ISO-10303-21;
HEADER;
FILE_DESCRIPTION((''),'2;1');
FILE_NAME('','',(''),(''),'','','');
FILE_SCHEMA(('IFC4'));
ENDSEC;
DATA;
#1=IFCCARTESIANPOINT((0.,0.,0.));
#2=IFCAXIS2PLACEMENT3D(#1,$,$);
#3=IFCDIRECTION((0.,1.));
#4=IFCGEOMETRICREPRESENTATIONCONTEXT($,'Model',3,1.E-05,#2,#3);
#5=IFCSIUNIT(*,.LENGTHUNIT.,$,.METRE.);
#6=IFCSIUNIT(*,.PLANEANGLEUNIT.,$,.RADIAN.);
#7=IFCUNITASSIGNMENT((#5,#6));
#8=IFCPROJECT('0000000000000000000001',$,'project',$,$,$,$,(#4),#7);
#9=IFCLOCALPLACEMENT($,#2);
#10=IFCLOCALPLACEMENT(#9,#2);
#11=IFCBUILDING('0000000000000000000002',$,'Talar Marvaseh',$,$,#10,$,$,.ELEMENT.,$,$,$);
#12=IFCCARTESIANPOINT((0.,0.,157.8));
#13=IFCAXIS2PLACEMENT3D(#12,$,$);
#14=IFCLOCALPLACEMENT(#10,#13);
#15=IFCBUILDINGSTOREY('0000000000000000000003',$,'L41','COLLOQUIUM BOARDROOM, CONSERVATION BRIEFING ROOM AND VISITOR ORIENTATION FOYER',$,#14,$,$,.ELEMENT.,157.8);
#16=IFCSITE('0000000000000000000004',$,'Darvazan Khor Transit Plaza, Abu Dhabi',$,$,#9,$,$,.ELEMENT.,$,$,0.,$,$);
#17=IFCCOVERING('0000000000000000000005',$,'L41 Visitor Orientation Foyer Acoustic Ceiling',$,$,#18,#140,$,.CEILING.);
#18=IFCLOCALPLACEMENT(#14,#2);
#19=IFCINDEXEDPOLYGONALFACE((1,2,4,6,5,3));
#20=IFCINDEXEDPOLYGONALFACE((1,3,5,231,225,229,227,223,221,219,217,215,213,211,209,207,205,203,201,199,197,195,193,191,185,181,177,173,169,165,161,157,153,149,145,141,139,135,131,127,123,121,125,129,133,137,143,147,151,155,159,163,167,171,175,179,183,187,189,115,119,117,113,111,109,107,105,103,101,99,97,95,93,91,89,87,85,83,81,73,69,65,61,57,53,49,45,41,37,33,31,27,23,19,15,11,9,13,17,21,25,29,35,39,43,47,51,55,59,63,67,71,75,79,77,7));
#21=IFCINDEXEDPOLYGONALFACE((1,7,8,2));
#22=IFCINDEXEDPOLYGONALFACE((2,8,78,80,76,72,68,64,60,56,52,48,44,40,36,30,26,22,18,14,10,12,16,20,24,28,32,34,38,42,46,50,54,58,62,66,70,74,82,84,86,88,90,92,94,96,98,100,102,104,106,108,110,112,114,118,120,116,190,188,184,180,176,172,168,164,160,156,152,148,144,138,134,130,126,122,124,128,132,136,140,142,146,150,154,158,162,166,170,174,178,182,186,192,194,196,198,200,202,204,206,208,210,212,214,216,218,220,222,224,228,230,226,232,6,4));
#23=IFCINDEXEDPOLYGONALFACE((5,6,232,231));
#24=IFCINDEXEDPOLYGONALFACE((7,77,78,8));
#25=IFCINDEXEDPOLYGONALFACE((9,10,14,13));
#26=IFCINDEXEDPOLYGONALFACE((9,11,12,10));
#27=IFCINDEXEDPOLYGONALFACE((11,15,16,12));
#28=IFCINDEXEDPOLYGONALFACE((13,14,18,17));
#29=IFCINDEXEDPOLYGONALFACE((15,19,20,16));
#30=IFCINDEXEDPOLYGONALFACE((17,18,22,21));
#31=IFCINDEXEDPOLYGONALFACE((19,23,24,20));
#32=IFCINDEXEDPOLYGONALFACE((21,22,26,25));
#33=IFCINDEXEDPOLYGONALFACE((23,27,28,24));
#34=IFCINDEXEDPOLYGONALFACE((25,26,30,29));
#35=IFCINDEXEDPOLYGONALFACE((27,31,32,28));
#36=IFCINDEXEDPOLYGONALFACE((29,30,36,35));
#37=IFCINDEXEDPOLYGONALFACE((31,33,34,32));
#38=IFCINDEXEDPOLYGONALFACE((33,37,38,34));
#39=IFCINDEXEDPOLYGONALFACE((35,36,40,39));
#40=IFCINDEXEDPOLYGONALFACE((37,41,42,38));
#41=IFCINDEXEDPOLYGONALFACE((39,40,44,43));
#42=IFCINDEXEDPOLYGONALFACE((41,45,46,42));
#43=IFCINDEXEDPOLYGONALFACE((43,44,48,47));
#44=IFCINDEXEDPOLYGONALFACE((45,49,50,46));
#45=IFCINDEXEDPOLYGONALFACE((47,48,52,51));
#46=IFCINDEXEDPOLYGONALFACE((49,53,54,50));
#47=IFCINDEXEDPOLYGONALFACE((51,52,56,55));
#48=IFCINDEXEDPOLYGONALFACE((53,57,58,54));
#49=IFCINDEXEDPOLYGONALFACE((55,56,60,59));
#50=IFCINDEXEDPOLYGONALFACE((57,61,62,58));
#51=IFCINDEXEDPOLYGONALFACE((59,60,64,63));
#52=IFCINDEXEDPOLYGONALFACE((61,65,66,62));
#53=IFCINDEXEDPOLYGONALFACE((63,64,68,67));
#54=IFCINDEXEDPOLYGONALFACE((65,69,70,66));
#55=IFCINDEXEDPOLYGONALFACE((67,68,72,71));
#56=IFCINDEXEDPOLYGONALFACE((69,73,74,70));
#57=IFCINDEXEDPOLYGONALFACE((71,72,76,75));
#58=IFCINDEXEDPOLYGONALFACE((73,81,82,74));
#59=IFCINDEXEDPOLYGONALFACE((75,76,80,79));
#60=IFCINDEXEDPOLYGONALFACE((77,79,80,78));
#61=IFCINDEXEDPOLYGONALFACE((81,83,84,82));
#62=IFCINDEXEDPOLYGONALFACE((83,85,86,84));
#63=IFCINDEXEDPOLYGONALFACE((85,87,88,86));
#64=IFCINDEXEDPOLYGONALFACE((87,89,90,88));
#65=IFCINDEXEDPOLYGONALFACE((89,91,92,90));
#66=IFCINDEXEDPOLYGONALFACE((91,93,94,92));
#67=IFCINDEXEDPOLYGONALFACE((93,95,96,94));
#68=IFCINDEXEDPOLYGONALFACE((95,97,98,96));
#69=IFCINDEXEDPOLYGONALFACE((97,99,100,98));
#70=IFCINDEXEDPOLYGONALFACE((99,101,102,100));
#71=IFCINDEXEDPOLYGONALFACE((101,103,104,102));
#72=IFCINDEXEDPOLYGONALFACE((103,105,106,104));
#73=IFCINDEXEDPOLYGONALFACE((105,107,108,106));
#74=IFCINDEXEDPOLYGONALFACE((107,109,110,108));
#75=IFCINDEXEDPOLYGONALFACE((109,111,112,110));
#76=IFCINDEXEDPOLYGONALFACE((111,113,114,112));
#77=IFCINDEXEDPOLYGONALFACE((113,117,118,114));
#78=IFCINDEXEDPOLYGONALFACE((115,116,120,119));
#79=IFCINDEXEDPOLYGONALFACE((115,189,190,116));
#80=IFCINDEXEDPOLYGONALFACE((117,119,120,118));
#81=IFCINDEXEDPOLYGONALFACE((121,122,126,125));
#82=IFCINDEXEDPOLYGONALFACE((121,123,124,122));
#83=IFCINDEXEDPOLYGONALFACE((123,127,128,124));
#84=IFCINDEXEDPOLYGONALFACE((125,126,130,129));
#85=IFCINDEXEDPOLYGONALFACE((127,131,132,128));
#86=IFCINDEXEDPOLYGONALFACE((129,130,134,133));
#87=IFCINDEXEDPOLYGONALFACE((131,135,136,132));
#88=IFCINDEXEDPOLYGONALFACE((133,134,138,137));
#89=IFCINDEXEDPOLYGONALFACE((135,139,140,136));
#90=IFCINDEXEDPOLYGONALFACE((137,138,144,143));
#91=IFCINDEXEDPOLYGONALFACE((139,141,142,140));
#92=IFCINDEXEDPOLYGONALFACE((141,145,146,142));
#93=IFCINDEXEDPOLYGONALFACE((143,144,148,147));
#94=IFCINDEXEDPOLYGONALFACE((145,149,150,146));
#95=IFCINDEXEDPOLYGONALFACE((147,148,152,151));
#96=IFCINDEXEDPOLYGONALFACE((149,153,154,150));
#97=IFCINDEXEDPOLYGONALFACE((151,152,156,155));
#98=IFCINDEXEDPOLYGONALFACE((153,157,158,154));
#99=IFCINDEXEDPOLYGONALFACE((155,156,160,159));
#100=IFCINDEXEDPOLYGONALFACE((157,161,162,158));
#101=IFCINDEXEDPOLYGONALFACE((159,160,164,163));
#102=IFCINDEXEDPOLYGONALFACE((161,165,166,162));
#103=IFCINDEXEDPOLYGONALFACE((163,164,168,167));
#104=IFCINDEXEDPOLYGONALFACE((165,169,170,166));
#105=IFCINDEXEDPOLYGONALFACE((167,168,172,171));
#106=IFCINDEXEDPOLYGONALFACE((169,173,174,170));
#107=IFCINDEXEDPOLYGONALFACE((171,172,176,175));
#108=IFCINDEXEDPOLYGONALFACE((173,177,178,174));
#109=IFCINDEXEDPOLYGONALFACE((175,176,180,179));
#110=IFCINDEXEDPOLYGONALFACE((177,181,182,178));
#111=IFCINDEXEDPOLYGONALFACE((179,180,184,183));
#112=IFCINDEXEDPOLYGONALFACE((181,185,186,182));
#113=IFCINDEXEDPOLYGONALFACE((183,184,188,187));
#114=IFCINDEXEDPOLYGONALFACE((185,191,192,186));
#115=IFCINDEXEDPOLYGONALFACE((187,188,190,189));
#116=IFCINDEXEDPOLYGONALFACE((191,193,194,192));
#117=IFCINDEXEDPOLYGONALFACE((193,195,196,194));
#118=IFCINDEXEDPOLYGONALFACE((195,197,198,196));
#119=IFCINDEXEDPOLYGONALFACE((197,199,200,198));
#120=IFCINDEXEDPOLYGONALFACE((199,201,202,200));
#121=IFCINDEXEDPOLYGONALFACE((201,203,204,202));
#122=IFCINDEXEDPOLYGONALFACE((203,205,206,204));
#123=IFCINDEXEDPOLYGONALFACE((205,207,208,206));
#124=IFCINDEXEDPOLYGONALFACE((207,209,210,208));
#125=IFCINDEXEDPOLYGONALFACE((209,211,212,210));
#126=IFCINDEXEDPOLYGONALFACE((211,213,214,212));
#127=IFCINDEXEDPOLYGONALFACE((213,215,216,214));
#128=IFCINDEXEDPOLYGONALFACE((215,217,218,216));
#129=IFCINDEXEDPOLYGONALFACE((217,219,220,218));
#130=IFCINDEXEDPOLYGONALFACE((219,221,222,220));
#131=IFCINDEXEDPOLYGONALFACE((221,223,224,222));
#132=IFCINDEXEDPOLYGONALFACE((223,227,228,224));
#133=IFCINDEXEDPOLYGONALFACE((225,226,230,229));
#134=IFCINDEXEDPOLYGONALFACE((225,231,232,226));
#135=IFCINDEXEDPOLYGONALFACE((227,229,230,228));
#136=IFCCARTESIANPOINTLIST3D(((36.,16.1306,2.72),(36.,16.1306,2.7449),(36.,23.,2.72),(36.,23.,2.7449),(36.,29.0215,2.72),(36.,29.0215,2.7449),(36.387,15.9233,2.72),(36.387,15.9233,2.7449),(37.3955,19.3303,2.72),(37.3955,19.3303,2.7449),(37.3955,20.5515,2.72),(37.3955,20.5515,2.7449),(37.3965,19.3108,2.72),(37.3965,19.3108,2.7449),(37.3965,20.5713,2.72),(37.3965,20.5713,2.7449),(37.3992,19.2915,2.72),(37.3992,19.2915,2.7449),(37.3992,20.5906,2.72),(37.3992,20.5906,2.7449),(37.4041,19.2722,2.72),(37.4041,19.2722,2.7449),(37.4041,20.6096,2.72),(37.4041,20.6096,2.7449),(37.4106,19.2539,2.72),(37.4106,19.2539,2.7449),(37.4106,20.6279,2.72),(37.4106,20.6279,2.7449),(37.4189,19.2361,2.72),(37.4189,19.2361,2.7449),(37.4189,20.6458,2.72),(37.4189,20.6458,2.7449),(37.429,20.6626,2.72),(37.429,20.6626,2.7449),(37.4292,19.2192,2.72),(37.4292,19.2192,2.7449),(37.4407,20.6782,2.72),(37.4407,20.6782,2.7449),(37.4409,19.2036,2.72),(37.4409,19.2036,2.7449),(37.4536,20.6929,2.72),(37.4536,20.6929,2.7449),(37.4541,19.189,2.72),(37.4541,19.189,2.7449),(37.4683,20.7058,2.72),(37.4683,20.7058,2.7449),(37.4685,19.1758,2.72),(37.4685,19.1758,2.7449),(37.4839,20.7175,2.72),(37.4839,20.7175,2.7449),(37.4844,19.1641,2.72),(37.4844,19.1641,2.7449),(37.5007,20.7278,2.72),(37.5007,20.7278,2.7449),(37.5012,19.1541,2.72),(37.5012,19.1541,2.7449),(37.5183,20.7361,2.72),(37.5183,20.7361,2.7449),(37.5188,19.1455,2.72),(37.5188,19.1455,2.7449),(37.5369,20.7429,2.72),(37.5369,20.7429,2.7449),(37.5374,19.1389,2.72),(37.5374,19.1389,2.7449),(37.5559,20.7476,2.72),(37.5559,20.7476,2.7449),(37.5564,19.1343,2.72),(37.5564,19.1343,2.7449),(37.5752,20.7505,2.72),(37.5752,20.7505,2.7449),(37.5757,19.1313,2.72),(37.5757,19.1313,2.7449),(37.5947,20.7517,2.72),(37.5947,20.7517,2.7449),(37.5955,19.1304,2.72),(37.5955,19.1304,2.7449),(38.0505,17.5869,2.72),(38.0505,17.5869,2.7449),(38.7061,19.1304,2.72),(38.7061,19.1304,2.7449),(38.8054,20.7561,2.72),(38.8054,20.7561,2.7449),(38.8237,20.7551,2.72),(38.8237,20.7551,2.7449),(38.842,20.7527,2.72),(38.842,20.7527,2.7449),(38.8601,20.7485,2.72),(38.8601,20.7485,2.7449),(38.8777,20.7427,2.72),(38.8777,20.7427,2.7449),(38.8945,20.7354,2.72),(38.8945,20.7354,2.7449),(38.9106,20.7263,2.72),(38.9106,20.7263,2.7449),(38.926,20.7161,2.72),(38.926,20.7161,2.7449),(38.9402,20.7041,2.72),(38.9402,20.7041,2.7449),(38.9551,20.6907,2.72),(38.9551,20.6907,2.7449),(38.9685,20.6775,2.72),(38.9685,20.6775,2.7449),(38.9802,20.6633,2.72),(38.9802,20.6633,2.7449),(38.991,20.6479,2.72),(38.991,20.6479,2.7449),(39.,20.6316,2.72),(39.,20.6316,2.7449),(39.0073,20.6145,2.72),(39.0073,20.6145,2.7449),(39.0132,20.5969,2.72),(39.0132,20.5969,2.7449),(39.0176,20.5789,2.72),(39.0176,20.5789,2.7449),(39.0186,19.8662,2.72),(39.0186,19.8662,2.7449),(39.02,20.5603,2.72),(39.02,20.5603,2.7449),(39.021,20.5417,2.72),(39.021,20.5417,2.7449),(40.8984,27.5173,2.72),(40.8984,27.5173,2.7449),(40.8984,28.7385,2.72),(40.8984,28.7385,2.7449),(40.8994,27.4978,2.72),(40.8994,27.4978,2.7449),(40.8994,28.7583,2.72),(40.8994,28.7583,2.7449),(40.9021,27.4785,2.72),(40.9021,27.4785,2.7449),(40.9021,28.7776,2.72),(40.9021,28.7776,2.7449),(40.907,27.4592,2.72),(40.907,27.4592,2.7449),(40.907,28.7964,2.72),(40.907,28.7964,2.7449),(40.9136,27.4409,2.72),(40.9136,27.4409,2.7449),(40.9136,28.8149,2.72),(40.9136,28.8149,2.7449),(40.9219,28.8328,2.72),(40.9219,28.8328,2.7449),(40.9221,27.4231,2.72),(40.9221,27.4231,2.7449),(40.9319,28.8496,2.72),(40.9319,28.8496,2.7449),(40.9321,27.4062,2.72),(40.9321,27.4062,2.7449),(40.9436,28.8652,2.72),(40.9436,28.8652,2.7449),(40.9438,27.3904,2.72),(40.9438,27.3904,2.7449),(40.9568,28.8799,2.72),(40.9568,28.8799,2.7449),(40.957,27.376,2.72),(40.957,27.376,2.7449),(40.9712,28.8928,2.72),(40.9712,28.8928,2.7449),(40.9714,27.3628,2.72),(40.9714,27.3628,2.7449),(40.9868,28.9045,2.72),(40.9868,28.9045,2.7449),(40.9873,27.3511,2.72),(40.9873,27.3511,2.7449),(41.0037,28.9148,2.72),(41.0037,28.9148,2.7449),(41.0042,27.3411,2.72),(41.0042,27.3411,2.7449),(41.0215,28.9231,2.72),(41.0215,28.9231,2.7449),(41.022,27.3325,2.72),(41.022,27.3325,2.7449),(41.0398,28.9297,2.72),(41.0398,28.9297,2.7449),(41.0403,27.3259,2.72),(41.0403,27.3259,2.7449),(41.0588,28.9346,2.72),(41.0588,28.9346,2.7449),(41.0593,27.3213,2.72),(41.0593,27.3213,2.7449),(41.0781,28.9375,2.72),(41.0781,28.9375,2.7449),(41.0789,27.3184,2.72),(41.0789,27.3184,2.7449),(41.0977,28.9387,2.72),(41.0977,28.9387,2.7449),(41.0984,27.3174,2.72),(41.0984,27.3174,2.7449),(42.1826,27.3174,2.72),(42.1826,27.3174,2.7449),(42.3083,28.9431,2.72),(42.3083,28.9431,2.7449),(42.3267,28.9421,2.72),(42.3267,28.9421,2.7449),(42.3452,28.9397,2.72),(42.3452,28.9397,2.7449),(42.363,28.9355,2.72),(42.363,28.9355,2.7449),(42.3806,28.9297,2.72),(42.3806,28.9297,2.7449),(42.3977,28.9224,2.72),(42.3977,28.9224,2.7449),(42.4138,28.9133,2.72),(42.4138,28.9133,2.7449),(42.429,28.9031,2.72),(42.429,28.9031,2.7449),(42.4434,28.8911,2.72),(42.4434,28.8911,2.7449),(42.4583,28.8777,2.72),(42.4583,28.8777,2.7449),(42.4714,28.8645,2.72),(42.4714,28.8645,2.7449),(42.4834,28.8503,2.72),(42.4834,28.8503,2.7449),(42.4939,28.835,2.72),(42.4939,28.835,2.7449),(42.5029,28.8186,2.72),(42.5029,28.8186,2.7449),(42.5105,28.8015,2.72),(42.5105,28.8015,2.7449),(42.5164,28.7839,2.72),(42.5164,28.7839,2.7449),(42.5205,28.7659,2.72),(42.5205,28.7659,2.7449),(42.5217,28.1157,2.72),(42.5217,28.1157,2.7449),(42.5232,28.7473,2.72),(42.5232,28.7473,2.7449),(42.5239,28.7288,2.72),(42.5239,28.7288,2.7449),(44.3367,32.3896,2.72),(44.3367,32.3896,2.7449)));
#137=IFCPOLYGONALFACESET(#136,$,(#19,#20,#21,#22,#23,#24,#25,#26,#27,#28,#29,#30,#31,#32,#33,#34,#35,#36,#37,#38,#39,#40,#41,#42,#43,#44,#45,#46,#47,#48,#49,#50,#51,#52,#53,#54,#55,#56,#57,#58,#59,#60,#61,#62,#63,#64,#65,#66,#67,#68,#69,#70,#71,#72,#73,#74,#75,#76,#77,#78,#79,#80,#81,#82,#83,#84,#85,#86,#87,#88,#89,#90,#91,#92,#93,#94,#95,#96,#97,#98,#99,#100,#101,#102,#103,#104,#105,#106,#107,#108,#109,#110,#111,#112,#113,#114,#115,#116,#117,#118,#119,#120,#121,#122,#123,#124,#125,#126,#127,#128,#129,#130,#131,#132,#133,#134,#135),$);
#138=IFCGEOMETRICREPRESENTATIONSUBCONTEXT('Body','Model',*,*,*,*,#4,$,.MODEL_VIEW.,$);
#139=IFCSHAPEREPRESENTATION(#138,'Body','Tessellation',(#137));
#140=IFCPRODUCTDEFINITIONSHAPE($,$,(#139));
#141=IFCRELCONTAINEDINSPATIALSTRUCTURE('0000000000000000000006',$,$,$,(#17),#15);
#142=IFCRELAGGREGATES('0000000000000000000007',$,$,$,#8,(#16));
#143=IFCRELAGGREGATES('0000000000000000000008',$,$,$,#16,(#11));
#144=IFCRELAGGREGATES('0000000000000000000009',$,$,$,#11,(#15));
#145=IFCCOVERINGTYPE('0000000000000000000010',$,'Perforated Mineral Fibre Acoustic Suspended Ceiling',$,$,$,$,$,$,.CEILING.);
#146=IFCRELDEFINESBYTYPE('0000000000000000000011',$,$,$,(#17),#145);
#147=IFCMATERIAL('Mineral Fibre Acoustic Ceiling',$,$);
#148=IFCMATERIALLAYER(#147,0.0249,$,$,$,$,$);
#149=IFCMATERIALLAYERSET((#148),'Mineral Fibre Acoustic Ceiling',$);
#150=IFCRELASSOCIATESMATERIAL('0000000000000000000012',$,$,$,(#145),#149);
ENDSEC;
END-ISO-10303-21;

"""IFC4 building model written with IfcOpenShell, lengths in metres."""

from ifc_helpers import new_model, si_unit, direction, frame, origin, place, context, subcontext, project, spatial, polyline, outline, extrude, material, layer, layer_set, type_object, element, save


model = new_model("IFC4")

# Units and contexts
model_context = context("Model", 3, precision=1e-05, world=origin(), true_north=direction((0.0, 1.0)))
body_context = subcontext(model_context, "Body", "Model", "MODEL_VIEW")
ifc_project = project(units=[si_unit("LENGTHUNIT", "METRE"), si_unit("PLANEANGLEUNIT", "RADIAN")], contexts=[model_context])

# Site, building, storey
site_placement = place(None, origin())
site = spatial("IfcSite", under=ifc_project, at=site_placement, Name="Darvazan Khor Transit Plaza, Abu Dhabi", CompositionType="ELEMENT", RefElevation=0.0)
building_placement = place(site_placement, origin())
building = spatial("IfcBuilding", under=site, at=building_placement, Name="Talar Marvaseh", CompositionType="ELEMENT")
storey_placement = place(building_placement, frame((0.0, 0.0, 157.8)))
storey = spatial("IfcBuildingStorey", under=building, at=storey_placement, Name="L41", Description="COLLOQUIUM BOARDROOM, CONSERVATION BRIEFING ROOM AND VISITOR ORIENTATION FOYER", CompositionType="ELEMENT", Elevation=157.8)

# Covering
ifc_material_1 = material(Name="Mineral Fibre Acoustic Ceiling")
ifc_layer_1 = layer(ifc_material_1, 0.0249)
ifc_layer_set_1 = layer_set([ifc_layer_1], Name="Mineral Fibre Acoustic Ceiling")
covering_type_1 = type_object("IfcCoveringType", Name="Perforated Mineral Fibre Acoustic Suspended Ceiling", PredefinedType="CEILING", material=ifc_layer_set_1)
covering_1_placement = place(storey_placement, frame((0.0, 0.0, 2.72)))
element("IfcCovering", 1, at=covering_1_placement, inside=storey, type_object=covering_type_1, Name="L41 Visitor Orientation Foyer Acoustic Ceiling", PredefinedType="CEILING", context=body_context, shape_type="SweptSolid", body=[
    extrude(outline(polyline([(36.0, 23.0), (36.0, 29.0215), (44.3367, 32.3896), (42.5217, 28.1157), (42.5239, 28.7288), (42.5232, 28.7473), (42.5205, 28.7659), (42.5164, 28.7839), (42.5105, 28.8015), (42.5029, 28.8186), (42.4939, 28.835), (42.4834, 28.8503), (42.4714, 28.8645), (42.4583, 28.8777), (42.4434, 28.8911), (42.429, 28.9031), (42.4138, 28.9133), (42.3977, 28.9224), (42.3806, 28.9297), (42.363, 28.9355), (42.3452, 28.9397), (42.3267, 28.9421), (42.3083, 28.9431), (41.0977, 28.9387), (41.0781, 28.9375), (41.0588, 28.9346), (41.0398, 28.9297), (41.0215, 28.9231), (41.0037, 28.9148), (40.9868, 28.9045), (40.9712, 28.8928), (40.9568, 28.8799), (40.9436, 28.8652), (40.9319, 28.8496), (40.9219, 28.8328), (40.9136, 28.8149), (40.907, 28.7964), (40.9021, 28.7776), (40.8994, 28.7583), (40.8984, 28.7385), (40.8984, 27.5173), (40.8994, 27.4978), (40.9021, 27.4785), (40.907, 27.4592), (40.9136, 27.4409), (40.9221, 27.4231), (40.9321, 27.4062), (40.9438, 27.3904), (40.957, 27.376), (40.9714, 27.3628), (40.9873, 27.3511), (41.0042, 27.3411), (41.022, 27.3325), (41.0403, 27.3259), (41.0593, 27.3213), (41.0789, 27.3184), (41.0984, 27.3174), (42.1826, 27.3174), (39.0186, 19.8662), (39.021, 20.5417), (39.02, 20.5603), (39.0176, 20.5789), (39.0132, 20.5969), (39.0073, 20.6145), (39.0, 20.6316), (38.991, 20.6479), (38.9802, 20.6633), (38.9685, 20.6775), (38.9551, 20.6907), (38.9402, 20.7041), (38.926, 20.7161), (38.9106, 20.7263), (38.8945, 20.7354), (38.8777, 20.7427), (38.8601, 20.7485), (38.842, 20.7527), (38.8237, 20.7551), (38.8054, 20.7561), (37.5947, 20.7517), (37.5752, 20.7505), (37.5559, 20.7476), (37.5369, 20.7429), (37.5183, 20.7361), (37.5007, 20.7278), (37.4839, 20.7175), (37.4683, 20.7058), (37.4536, 20.6929), (37.4407, 20.6782), (37.429, 20.6626), (37.4189, 20.6458), (37.4106, 20.6279), (37.4041, 20.6096), (37.3992, 20.5906), (37.3965, 20.5713), (37.3955, 20.5515), (37.3955, 19.3303), (37.3965, 19.3108), (37.3992, 19.2915), (37.4041, 19.2722), (37.4106, 19.2539), (37.4189, 19.2361), (37.4292, 19.2192), (37.4409, 19.2036), (37.4541, 19.189), (37.4685, 19.1758), (37.4844, 19.1641), (37.5012, 19.1541), (37.5188, 19.1455), (37.5374, 19.1389), (37.5564, 19.1343), (37.5757, 19.1313), (37.5955, 19.1304), (38.7061, 19.1304), (38.0505, 17.5869), (36.387, 15.9233), (36.0, 16.1306), (36.0, 23.0)])), origin(), (0.0, 0.0, 1.0), 0.0249),
])

save(model, "model.ifc")
